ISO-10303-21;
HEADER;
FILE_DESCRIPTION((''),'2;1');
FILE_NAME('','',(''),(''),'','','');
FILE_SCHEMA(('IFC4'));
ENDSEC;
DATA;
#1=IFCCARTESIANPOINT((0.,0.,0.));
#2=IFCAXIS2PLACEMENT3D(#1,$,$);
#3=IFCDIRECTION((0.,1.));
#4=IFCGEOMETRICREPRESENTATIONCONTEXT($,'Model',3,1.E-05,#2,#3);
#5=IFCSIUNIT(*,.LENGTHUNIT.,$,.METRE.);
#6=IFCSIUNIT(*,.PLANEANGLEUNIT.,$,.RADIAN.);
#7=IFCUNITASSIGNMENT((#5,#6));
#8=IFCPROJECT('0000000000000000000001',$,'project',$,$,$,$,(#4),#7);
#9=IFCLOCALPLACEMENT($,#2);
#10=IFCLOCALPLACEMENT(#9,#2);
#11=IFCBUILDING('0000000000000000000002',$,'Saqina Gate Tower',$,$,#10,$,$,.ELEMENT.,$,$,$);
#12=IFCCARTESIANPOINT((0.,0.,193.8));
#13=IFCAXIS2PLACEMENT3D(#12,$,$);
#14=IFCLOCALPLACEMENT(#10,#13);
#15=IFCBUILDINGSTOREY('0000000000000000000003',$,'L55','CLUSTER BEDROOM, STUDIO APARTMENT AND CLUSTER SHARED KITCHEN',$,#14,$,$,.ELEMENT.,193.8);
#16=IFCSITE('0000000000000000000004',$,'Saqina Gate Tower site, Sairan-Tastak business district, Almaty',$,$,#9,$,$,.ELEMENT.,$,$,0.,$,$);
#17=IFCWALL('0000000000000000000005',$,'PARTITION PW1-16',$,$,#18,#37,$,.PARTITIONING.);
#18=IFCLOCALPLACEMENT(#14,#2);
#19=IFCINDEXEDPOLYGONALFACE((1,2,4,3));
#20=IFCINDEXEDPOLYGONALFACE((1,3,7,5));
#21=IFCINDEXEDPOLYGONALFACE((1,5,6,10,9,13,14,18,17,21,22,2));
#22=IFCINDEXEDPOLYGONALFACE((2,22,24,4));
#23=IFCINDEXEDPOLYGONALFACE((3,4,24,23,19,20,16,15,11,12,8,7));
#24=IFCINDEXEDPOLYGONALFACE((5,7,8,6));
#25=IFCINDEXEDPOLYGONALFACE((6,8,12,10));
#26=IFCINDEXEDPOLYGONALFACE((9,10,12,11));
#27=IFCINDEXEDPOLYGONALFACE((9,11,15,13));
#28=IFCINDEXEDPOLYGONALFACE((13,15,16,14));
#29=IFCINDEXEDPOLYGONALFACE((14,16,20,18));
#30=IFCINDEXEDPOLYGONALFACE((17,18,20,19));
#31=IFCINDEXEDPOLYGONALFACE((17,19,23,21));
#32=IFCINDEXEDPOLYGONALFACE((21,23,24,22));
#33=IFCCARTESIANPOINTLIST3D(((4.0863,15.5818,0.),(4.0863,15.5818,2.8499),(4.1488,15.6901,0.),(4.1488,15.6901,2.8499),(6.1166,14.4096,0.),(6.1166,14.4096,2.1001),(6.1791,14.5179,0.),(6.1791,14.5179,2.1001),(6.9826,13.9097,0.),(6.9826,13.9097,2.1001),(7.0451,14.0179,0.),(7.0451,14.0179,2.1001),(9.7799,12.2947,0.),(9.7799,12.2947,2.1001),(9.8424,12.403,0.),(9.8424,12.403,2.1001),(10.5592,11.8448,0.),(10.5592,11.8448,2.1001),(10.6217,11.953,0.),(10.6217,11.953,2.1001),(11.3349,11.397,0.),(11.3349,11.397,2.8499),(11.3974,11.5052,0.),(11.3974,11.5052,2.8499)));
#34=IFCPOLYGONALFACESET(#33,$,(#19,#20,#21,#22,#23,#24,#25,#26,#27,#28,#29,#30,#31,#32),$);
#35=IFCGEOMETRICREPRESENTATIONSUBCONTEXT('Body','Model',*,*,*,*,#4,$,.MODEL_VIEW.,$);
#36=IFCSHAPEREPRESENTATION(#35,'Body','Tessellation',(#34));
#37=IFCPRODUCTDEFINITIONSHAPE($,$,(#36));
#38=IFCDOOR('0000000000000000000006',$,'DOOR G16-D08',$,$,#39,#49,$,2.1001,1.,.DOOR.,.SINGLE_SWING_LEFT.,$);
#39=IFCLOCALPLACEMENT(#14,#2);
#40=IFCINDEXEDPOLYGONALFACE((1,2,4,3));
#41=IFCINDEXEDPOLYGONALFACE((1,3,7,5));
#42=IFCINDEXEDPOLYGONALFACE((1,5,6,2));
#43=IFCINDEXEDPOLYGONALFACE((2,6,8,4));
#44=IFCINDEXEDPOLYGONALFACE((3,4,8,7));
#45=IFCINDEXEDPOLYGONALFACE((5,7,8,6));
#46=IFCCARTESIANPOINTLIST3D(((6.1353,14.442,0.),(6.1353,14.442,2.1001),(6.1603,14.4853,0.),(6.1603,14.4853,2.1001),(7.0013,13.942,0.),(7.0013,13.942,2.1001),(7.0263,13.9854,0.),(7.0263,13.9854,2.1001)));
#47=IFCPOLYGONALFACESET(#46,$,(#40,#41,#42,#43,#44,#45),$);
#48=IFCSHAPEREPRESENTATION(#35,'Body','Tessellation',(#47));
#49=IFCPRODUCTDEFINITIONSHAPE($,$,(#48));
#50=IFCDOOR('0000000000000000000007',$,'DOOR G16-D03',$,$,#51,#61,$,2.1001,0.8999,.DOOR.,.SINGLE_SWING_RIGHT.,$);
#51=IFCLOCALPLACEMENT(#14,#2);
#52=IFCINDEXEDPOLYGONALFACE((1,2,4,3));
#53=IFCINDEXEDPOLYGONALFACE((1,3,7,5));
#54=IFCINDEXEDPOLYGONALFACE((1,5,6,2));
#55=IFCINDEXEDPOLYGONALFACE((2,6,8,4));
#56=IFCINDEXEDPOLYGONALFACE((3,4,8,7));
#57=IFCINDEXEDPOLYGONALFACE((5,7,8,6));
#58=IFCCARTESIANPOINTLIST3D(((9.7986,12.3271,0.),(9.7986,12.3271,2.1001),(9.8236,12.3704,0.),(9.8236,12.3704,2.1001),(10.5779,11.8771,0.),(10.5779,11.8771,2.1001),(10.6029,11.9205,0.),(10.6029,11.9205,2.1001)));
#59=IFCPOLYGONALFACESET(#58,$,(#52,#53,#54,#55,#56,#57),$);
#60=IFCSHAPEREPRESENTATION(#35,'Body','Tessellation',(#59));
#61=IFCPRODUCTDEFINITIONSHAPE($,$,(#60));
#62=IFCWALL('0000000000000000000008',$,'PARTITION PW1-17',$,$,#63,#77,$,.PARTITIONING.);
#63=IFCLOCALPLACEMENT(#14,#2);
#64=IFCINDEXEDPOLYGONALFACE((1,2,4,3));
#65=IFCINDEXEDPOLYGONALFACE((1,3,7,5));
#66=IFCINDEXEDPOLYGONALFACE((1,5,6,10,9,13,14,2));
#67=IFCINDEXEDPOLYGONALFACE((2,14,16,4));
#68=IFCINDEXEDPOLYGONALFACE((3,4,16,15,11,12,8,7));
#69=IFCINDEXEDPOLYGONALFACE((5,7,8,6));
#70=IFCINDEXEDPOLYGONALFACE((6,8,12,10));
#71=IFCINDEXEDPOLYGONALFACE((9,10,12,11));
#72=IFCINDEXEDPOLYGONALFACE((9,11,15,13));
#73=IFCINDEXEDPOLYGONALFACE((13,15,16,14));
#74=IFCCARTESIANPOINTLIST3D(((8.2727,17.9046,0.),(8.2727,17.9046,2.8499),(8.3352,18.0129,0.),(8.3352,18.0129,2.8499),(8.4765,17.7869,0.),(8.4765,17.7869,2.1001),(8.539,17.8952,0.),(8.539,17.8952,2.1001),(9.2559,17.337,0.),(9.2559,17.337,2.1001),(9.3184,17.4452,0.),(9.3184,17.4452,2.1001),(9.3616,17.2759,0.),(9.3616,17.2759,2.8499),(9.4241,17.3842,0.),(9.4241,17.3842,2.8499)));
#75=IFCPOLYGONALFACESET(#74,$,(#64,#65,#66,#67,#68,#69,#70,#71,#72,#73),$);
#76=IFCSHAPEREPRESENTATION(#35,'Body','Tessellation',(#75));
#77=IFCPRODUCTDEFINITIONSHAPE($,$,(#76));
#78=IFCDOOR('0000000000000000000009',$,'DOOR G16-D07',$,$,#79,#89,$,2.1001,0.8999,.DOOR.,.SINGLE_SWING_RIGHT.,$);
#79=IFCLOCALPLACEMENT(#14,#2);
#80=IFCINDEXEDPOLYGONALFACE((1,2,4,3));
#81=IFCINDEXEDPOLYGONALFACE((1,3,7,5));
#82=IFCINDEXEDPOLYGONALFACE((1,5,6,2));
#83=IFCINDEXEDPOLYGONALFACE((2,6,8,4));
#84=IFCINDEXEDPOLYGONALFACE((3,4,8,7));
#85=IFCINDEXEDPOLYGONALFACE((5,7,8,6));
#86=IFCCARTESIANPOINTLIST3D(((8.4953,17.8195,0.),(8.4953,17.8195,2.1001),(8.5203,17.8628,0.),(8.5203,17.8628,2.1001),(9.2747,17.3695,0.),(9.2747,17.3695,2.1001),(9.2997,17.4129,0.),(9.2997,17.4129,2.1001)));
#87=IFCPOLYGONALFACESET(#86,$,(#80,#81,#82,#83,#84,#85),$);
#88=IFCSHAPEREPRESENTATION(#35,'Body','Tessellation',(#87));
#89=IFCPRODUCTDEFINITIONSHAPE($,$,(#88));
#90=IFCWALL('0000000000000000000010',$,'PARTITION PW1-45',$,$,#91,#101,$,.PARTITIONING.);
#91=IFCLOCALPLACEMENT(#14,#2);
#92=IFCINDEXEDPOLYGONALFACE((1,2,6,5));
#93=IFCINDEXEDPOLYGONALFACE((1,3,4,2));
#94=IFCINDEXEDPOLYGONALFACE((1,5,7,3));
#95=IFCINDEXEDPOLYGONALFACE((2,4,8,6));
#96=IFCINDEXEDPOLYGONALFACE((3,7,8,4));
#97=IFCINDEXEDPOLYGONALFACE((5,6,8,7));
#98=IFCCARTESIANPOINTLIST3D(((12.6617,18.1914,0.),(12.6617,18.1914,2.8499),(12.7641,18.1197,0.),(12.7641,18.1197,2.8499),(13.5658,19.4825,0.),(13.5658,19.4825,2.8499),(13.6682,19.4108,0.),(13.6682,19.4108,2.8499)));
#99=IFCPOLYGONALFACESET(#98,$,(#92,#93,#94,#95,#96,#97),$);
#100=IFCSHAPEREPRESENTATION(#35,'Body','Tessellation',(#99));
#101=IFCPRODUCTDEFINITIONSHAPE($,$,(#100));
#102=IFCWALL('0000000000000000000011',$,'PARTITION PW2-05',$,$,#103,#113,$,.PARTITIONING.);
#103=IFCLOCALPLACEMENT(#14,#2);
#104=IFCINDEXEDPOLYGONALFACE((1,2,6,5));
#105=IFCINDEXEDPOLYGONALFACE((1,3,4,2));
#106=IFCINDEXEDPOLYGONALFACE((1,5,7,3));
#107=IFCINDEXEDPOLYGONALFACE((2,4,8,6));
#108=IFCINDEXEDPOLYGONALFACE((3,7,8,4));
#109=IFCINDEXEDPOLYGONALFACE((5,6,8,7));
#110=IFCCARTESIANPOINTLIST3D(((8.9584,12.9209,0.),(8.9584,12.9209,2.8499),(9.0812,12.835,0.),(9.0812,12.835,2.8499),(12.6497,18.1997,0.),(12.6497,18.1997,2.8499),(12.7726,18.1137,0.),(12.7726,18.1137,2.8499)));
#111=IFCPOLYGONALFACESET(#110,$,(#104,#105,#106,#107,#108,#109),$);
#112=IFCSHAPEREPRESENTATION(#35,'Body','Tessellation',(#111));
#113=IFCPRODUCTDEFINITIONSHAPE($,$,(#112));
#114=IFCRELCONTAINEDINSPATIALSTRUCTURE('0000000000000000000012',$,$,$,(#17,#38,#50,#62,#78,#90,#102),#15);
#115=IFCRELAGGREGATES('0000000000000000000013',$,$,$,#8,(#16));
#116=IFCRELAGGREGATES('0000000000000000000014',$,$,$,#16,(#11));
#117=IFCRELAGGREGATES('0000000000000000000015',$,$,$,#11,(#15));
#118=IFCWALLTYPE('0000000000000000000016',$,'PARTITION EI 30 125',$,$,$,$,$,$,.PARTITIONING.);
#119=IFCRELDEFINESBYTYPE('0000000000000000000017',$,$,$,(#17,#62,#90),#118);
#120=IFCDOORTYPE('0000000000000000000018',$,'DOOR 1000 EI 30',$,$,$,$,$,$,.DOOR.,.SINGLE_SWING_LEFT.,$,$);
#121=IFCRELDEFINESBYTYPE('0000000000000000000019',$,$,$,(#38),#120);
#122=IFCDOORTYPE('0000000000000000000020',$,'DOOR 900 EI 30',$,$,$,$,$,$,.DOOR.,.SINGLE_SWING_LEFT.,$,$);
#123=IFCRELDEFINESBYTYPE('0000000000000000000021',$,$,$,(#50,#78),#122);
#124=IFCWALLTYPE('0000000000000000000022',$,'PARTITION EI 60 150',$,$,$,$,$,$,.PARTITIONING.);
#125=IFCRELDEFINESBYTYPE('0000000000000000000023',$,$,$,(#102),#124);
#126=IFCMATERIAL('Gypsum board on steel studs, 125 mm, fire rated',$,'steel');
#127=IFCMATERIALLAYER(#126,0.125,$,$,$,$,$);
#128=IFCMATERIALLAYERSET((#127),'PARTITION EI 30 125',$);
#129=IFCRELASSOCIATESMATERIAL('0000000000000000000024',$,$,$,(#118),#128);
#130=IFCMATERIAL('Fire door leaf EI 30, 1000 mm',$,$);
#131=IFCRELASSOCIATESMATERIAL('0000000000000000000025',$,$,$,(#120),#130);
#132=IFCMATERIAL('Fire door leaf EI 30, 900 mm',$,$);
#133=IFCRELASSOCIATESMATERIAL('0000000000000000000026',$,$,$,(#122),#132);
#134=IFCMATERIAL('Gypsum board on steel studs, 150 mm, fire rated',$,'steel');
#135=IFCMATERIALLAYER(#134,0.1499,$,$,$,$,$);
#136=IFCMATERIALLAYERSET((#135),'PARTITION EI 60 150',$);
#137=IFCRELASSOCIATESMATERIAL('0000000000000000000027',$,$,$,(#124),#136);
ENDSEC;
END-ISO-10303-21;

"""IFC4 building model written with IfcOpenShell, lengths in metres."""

from ifc_helpers import new_model, si_unit, direction, frame, frame_2d, origin, place, context, subcontext, project, spatial, rectangle, extrude, material, layer, layer_set, type_object, element, fill, save


model = new_model("IFC4")

# Units and contexts
model_context = context("Model", 3, precision=1e-05, world=origin(), true_north=direction((0.0, 1.0)))
body_context = subcontext(model_context, "Body", "Model", "MODEL_VIEW")
ifc_project = project(units=[si_unit("LENGTHUNIT", "METRE"), si_unit("PLANEANGLEUNIT", "RADIAN")], contexts=[model_context])

# Site, building, storey
site_placement = place(None, origin())
site = spatial("IfcSite", under=ifc_project, at=site_placement, Name="Saqina Gate Tower site, Sairan-Tastak business district, Almaty", CompositionType="ELEMENT", RefElevation=0.0)
building_placement = place(site_placement, origin())
building = spatial("IfcBuilding", under=site, at=building_placement, Name="Saqina Gate Tower", CompositionType="ELEMENT")
storey_placement = place(building_placement, frame((0.0, 0.0, 193.8)))
storey = spatial("IfcBuildingStorey", under=building, at=storey_placement, Name="L55", Description="CLUSTER BEDROOM, STUDIO APARTMENT AND CLUSTER SHARED KITCHEN", CompositionType="ELEMENT", Elevation=193.8)

# Shared definitions
ifc_material_1 = material(Name="Gypsum board on steel studs, 125 mm, fire rated", Category="steel")
ifc_layer_1 = layer(ifc_material_1, 0.125)
ifc_layer_set_1 = layer_set([ifc_layer_1], Name="PARTITION EI 30 125")
wall_type_1 = type_object("IfcWallType", Name="PARTITION EI 30 125", PredefinedType="PARTITIONING", material=ifc_layer_set_1)
ifc_material_2 = material(Name="Fire door leaf EI 30, 1000 mm")
door_type_1 = type_object("IfcDoorType", Name="DOOR 1000 EI 30", OperationType="SINGLE_SWING_LEFT", PredefinedType="DOOR", material=ifc_material_2)

# Wall, openings, doors
wall_1_placement = place(storey_placement, frame((4.1174, 15.636, 0.0), z_axis=(0.0, 0.0, 1.0), x_axis=(0.866032, -0.499988, 0.0)))
wall_1 = element("IfcWall", 1, at=wall_1_placement, inside=storey, type_object=wall_type_1, Name="PARTITION PW1-16", PredefinedType="PARTITIONING", context=body_context, shape_type="SweptSolid", body=[
    extrude(rectangle(XDim=8.3699, YDim=0.125, at=frame_2d((4.1851, 0.0))), origin(), (0.0, 0.0, 1.0), 2.8499),
])
opening_1_placement = place(wall_1_placement, frame((6.5745, 0.0, 0.0)))
opening_1 = element("IfcOpeningElement", 2, at=opening_1_placement, cuts=wall_1, PredefinedType="OPENING", context=body_context, shape_type="SweptSolid", body=[
    extrude(rectangle(XDim=0.8999, YDim=2.1001, at=frame_2d((0.45, 1.05))), frame((0.0, 0.0745, 0.0), z_axis=(0.0, -1.0, 0.0), x_axis=(1.0, 0.0, 0.0)), (0.0, 0.0, 1.0), 0.1489),
])
opening_2_placement = place(wall_1_placement, frame((2.3445, 0.0, 0.0)))
opening_2 = element("IfcOpeningElement", 3, at=opening_2_placement, cuts=wall_1, PredefinedType="OPENING", context=body_context, shape_type="SweptSolid", body=[
    extrude(rectangle(XDim=1.0, YDim=2.1001, at=frame_2d((0.5, 1.05))), frame((0.0, 0.0745, 0.0), z_axis=(0.0, -1.0, 0.0), x_axis=(1.0, 0.0, 0.0)), (0.0, 0.0, 1.0), 0.1489),
])
door_1_placement = place(opening_2_placement, origin())
door_1 = element("IfcDoor", 4, at=door_1_placement, inside=storey, type_object=door_type_1, Name="DOOR G16-D08", OperationType="SINGLE_SWING_LEFT", OverallHeight=2.1001, OverallWidth=1.0, PredefinedType="DOOR", context=body_context, shape_type="SweptSolid", body=[
    extrude(rectangle(XDim=1.0, YDim=2.1001, at=frame_2d((0.5, 1.05))), frame((0.0, 0.0249, 0.0), z_axis=(0.0, -1.0, 0.0), x_axis=(1.0, 0.0, 0.0)), (0.0, 0.0, 1.0), 0.05),
])
fill(opening_2, door_1)
ifc_material_3 = material(Name="Fire door leaf EI 30, 900 mm")
door_type_2 = type_object("IfcDoorType", Name="DOOR 900 EI 30", OperationType="SINGLE_SWING_LEFT", PredefinedType="DOOR", material=ifc_material_3)
door_2_placement = place(opening_1_placement, origin())
door_2 = element("IfcDoor", 5, at=door_2_placement, inside=storey, type_object=door_type_2, Name="DOOR G16-D03", OperationType="SINGLE_SWING_RIGHT", OverallHeight=2.1001, OverallWidth=0.8999, PredefinedType="DOOR", context=body_context, shape_type="SweptSolid", body=[
    extrude(rectangle(XDim=0.8999, YDim=2.1001, at=frame_2d((0.45, 1.05))), frame((0.0, 0.0249, 0.0), z_axis=(0.0, -1.0, 0.0), x_axis=(1.0, 0.0, 0.0)), (0.0, 0.0, 1.0), 0.05),
])
fill(opening_1, door_2)

# Wall, opening, door
wall_2_placement = place(storey_placement, frame((8.304, 17.9587, 0.0), z_axis=(0.0, 0.0, 1.0), x_axis=(0.866024, -0.500003, 0.0)))
wall_2 = element("IfcWall", 6, at=wall_2_placement, inside=storey, type_object=wall_type_1, Name="PARTITION PW1-17", PredefinedType="PARTITIONING", context=body_context, shape_type="SweptSolid", body=[
    extrude(rectangle(XDim=1.2573, YDim=0.125, at=frame_2d((0.6287, 0.0))), origin(), (0.0, 0.0, 1.0), 2.8499),
])
opening_3_placement = place(wall_2_placement, frame((0.2354, 0.0, 0.0)))
opening_3 = element("IfcOpeningElement", 7, at=opening_3_placement, cuts=wall_2, PredefinedType="OPENING", context=body_context, shape_type="SweptSolid", body=[
    extrude(rectangle(XDim=0.8999, YDim=2.1001, at=frame_2d((0.45, 1.05))), frame((0.0, 0.0745, 0.0), z_axis=(0.0, -1.0, 0.0), x_axis=(1.0, 0.0, 0.0)), (0.0, 0.0, 1.0), 0.1489),
])
door_3_placement = place(opening_3_placement, frame((0.8999, 0.0, 0.0), z_axis=(0.0, 0.0, 1.0), x_axis=(-1.0, 0.0, 0.0)))
door_3 = element("IfcDoor", 8, at=door_3_placement, inside=storey, type_object=door_type_2, Name="DOOR G16-D07", OperationType="SINGLE_SWING_RIGHT", OverallHeight=2.1001, OverallWidth=0.8999, PredefinedType="DOOR", context=body_context, shape_type="SweptSolid", body=[
    extrude(rectangle(XDim=0.8999, YDim=2.1001, at=frame_2d((0.45, 1.05))), frame((0.0, 0.0249, 0.0), z_axis=(0.0, -1.0, 0.0), x_axis=(1.0, 0.0, 0.0)), (0.0, 0.0, 1.0), 0.05),
])
fill(opening_3, door_3)

# Walls
wall_3_placement = place(storey_placement, frame((12.7129, 18.1555, 0.0), z_axis=(0.0, 0.0, 1.0), x_axis=(0.573608, 0.81913, 0.0)))
element("IfcWall", 9, at=wall_3_placement, inside=storey, type_object=wall_type_1, Name="PARTITION PW1-45", PredefinedType="PARTITIONING", context=body_context, shape_type="SweptSolid", body=[
    extrude(rectangle(XDim=1.5762, YDim=0.125, at=frame_2d((0.7881, 0.0))), origin(), (0.0, 0.0, 1.0), 2.8499),
])
ifc_material_4 = material(Name="Gypsum board on steel studs, 150 mm, fire rated", Category="steel")
ifc_layer_2 = layer(ifc_material_4, 0.1499)
ifc_layer_set_2 = layer_set([ifc_layer_2], Name="PARTITION EI 60 150")
wall_type_2 = type_object("IfcWallType", Name="PARTITION EI 60 150", PredefinedType="PARTITIONING", material=ifc_layer_set_2)
wall_4_placement = place(storey_placement, frame((9.0198, 12.8779, 0.0), z_axis=(0.0, 0.0, 1.0), x_axis=(0.573071, 0.819506, 0.0)))
element("IfcWall", 10, at=wall_4_placement, inside=storey, type_object=wall_type_2, Name="PARTITION PW2-05", PredefinedType="PARTITIONING", context=body_context, shape_type="SweptSolid", body=[
    extrude(rectangle(XDim=6.4414, YDim=0.1499, at=frame_2d((3.2207, 0.0))), origin(), (0.0, 0.0, 1.0), 2.8499),
])

save(model, "model.ifc")
